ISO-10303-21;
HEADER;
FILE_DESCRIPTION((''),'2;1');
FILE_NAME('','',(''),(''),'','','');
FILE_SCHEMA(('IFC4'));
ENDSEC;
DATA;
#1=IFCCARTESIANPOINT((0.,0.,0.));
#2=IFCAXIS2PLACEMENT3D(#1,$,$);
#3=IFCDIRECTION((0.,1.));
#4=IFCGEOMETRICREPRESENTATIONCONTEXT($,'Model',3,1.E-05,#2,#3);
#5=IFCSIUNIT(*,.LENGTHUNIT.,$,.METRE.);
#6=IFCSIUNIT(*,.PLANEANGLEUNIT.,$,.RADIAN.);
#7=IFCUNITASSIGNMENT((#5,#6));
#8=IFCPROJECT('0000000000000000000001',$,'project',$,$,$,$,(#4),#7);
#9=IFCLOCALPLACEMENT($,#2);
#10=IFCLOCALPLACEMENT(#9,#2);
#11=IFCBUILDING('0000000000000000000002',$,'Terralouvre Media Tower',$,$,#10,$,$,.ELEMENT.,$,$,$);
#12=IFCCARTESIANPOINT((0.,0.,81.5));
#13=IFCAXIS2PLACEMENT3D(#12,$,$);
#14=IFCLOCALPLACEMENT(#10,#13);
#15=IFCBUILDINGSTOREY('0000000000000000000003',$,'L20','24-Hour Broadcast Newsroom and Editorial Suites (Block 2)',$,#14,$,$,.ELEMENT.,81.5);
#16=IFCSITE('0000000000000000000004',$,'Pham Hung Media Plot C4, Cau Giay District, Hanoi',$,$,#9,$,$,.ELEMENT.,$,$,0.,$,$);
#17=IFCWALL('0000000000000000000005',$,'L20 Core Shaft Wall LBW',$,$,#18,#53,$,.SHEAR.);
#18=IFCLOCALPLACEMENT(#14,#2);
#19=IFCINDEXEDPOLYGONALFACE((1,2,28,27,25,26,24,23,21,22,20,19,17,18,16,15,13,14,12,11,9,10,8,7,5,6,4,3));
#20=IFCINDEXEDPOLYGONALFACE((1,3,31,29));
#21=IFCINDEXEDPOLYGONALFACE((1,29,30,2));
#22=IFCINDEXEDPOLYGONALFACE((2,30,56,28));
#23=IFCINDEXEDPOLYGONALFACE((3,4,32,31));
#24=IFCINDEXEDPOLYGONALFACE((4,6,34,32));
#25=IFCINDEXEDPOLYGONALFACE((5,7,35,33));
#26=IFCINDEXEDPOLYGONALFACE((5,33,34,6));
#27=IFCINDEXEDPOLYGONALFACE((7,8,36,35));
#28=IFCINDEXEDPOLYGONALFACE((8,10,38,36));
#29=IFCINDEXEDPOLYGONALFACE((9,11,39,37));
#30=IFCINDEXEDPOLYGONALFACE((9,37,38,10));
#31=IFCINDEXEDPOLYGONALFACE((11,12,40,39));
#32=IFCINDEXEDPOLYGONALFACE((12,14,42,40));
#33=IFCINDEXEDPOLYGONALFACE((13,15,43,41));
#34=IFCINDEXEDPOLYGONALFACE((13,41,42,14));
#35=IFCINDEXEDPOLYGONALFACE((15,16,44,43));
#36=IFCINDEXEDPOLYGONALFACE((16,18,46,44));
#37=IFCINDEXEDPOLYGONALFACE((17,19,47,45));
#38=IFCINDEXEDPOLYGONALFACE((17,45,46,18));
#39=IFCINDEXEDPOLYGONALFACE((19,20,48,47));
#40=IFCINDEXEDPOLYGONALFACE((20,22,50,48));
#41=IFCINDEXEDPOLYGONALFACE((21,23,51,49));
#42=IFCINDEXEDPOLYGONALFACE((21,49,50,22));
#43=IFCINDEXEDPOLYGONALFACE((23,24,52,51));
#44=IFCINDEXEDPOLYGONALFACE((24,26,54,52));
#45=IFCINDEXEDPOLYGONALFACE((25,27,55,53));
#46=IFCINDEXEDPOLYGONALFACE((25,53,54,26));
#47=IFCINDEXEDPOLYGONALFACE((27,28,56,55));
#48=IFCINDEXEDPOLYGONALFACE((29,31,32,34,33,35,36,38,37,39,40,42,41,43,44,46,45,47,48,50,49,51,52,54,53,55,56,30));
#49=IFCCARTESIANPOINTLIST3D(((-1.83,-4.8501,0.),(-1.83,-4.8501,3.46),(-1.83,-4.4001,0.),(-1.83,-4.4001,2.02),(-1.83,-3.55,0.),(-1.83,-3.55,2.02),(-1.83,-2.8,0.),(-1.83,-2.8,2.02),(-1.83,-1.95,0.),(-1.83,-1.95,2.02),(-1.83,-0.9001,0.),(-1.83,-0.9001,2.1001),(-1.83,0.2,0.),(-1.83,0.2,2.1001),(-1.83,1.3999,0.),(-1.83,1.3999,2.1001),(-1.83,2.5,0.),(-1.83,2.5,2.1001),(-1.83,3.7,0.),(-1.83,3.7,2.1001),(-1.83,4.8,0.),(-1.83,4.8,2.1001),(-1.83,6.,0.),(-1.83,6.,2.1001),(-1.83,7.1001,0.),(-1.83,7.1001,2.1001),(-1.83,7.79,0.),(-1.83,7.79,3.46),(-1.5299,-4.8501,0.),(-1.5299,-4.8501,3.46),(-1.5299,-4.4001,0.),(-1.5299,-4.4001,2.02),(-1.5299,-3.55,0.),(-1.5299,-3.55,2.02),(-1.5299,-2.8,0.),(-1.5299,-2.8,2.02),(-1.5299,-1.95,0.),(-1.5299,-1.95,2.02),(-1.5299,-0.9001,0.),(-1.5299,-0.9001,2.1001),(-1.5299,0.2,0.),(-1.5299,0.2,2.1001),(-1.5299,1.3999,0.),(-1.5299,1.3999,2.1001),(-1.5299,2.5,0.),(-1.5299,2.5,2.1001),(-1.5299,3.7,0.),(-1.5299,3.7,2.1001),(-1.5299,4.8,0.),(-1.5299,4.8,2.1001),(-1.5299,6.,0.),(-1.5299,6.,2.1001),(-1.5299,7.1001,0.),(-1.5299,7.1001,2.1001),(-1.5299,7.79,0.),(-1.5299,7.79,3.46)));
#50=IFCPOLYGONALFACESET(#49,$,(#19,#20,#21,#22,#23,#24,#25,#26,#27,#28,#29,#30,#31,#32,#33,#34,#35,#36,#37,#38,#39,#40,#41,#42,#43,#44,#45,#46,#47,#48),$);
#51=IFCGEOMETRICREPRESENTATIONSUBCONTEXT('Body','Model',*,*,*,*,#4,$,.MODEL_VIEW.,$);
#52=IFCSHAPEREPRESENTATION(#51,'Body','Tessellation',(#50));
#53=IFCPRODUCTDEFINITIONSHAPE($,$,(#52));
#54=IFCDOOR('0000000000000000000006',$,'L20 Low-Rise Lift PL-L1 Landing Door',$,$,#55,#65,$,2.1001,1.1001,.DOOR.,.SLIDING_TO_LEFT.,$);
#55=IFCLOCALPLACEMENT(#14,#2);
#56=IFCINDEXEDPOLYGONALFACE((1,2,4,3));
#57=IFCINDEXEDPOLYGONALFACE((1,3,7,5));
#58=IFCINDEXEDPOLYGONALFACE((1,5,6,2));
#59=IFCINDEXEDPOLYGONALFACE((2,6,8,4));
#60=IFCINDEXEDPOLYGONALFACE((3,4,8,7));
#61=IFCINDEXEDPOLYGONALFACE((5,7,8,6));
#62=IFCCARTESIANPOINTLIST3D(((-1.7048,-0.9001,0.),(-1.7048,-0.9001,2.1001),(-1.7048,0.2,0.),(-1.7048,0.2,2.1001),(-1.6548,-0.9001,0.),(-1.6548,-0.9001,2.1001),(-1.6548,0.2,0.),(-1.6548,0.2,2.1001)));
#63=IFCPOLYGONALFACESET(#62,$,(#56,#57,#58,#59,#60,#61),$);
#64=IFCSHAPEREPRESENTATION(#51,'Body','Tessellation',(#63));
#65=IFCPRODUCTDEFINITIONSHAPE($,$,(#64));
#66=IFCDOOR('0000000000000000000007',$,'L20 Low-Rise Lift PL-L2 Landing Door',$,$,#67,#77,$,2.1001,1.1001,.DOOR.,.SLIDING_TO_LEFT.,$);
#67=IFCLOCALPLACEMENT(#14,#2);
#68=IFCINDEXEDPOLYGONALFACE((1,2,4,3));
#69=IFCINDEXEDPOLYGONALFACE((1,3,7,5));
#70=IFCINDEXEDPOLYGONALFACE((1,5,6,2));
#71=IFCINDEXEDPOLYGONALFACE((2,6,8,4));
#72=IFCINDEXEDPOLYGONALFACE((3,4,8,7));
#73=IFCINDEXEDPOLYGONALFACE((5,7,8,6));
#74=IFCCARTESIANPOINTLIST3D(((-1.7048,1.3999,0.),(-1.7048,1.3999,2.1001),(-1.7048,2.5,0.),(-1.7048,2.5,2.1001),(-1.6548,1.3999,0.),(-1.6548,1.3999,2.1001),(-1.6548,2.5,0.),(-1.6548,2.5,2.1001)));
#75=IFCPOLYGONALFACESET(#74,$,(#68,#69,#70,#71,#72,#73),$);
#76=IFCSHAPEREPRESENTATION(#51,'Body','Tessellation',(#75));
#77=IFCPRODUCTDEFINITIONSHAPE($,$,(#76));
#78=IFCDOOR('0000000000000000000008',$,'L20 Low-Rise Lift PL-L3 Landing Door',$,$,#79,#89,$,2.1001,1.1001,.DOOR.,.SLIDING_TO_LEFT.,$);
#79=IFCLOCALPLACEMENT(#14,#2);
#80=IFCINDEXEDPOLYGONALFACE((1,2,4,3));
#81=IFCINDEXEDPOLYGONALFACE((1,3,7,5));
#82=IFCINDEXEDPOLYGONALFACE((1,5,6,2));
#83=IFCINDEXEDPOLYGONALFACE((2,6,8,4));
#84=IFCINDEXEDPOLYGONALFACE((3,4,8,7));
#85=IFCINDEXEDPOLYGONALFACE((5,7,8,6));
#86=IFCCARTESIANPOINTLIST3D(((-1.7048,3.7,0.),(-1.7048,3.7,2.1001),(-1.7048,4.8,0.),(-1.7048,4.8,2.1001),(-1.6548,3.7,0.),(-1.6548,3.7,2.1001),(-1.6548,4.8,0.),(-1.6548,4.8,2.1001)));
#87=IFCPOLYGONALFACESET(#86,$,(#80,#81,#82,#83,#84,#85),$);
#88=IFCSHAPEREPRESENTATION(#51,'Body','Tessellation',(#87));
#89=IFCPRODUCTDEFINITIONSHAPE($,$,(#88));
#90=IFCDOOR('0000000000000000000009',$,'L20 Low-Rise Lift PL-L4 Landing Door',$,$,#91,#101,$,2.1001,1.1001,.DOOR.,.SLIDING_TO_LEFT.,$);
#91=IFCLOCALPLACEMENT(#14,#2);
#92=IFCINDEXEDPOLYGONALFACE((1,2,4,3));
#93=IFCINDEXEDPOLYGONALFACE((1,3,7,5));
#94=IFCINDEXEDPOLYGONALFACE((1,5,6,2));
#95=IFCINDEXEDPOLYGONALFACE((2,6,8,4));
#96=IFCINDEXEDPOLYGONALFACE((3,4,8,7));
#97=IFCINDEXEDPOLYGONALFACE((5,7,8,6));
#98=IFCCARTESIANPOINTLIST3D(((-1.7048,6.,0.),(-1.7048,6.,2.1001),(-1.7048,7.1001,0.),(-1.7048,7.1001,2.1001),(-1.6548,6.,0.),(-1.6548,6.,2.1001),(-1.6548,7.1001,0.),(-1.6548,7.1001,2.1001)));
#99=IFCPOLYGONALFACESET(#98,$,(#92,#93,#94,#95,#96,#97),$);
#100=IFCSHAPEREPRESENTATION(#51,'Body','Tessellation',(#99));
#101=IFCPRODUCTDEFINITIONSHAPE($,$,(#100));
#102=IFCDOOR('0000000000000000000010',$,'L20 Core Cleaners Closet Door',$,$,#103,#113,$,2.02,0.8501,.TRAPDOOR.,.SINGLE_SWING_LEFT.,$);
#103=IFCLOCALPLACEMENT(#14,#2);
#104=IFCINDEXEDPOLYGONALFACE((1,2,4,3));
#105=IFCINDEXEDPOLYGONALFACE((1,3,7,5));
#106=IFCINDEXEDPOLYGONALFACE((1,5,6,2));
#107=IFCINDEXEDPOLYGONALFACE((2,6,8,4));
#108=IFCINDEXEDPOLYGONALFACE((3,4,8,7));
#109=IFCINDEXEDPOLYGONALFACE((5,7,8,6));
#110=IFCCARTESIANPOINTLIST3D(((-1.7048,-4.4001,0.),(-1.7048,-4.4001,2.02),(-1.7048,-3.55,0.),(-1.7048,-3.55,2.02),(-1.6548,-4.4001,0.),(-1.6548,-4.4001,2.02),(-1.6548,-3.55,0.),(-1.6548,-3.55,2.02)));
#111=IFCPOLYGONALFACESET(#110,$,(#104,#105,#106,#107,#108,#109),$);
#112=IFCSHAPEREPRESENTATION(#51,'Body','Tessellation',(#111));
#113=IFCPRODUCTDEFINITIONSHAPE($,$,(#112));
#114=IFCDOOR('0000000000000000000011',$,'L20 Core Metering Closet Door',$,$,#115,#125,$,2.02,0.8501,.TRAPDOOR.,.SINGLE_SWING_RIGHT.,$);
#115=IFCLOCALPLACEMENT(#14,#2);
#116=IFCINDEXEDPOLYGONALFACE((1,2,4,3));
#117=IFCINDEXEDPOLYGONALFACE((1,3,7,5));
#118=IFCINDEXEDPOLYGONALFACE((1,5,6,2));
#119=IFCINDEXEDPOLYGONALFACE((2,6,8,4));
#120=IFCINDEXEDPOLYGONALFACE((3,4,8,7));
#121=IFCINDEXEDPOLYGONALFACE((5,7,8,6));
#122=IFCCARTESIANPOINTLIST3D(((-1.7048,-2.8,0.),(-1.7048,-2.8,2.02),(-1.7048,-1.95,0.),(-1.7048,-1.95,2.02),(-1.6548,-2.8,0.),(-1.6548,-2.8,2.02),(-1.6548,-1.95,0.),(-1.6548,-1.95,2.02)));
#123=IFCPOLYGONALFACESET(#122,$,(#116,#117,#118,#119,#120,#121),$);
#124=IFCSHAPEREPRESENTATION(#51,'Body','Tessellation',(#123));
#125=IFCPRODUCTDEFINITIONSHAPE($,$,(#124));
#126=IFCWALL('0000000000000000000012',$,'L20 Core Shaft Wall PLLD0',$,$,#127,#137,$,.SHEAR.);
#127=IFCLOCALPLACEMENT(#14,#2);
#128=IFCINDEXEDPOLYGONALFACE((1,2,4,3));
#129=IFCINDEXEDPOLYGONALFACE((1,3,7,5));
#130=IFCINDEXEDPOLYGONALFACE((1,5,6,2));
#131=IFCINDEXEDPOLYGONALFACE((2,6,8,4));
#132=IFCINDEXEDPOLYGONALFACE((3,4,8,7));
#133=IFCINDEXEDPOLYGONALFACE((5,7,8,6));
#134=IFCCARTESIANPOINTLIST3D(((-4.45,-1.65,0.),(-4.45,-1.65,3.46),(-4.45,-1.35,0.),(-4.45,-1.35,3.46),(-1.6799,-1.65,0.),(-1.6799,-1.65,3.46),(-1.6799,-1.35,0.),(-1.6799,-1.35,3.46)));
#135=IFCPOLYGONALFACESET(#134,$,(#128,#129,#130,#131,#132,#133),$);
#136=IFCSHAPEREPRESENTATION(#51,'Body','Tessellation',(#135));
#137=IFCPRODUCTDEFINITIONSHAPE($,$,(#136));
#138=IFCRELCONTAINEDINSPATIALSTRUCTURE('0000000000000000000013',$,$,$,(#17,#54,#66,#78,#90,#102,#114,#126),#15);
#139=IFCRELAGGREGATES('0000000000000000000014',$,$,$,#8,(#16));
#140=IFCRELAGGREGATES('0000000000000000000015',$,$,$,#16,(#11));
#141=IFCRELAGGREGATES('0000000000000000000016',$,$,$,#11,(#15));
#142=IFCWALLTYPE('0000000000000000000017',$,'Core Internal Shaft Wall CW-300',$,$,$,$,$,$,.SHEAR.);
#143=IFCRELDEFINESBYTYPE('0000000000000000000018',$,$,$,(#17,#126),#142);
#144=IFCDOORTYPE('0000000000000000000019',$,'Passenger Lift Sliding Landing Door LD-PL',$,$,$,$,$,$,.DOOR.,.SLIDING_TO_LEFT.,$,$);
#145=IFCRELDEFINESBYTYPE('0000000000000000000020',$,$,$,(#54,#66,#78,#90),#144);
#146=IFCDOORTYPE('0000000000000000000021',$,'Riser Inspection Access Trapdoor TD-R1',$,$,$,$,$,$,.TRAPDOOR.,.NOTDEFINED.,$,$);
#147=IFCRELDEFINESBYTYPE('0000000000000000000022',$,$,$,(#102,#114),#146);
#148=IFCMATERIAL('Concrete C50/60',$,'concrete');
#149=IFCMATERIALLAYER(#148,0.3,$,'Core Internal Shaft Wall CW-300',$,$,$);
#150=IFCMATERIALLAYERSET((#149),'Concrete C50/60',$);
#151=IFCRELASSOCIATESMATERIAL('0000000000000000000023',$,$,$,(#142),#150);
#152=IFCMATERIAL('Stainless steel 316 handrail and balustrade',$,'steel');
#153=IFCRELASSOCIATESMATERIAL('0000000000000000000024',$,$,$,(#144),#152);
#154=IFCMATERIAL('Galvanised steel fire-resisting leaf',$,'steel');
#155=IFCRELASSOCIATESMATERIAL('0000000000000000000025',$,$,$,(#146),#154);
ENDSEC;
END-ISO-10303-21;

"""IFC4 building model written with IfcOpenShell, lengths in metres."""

from ifc_helpers import new_model, si_unit, direction, frame, frame_2d, origin, place, context, subcontext, project, spatial, rectangle, extrude, material, layer, layer_set, type_object, element, fill, save


model = new_model("IFC4")

# Units and contexts
model_context = context("Model", 3, precision=1e-05, world=origin(), true_north=direction((0.0, 1.0)))
body_context = subcontext(model_context, "Body", "Model", "MODEL_VIEW")
ifc_project = project(units=[si_unit("LENGTHUNIT", "METRE"), si_unit("PLANEANGLEUNIT", "RADIAN")], contexts=[model_context])

# Site, building, storey
site_placement = place(None, origin())
site = spatial("IfcSite", under=ifc_project, at=site_placement, Name="Pham Hung Media Plot C4, Cau Giay District, Hanoi", CompositionType="ELEMENT", RefElevation=0.0)
building_placement = place(site_placement, origin())
building = spatial("IfcBuilding", under=site, at=building_placement, Name="Terralouvre Media Tower", CompositionType="ELEMENT")
storey_placement = place(building_placement, frame((0.0, 0.0, 81.5)))
storey = spatial("IfcBuildingStorey", under=building, at=storey_placement, Name="L20", Description="24-Hour Broadcast Newsroom and Editorial Suites (Block 2)", CompositionType="ELEMENT", Elevation=81.5)

# Shared definitions
ifc_material_1 = material(Name="Concrete C50/60", Category="concrete")
ifc_layer_1 = layer(ifc_material_1, 0.3, Name="Core Internal Shaft Wall CW-300")
ifc_layer_set_1 = layer_set([ifc_layer_1], Name="Concrete C50/60")
wall_type_1 = type_object("IfcWallType", Name="Core Internal Shaft Wall CW-300", PredefinedType="SHEAR", material=ifc_layer_set_1)

# Wall, openings, doors
wall_1_placement = place(storey_placement, frame((-1.6799, -4.8501, 0.0), z_axis=(0.0, 0.0, 1.0), x_axis=(0.0, 1.0, 0.0)))
wall_1 = element("IfcWall", 1, at=wall_1_placement, inside=storey, type_object=wall_type_1, Name="L20 Core Shaft Wall LBW", PredefinedType="SHEAR", context=body_context, shape_type="SweptSolid", body=[
    extrude(rectangle(XDim=12.6401, YDim=0.3, at=frame_2d((6.3201, 0.0))), origin(), (0.0, 0.0, 1.0), 3.46),
])
opening_1_placement = place(wall_1_placement, frame((3.95, 0.0, 0.0)))
opening_1 = element("IfcOpeningElement", 2, at=opening_1_placement, cuts=wall_1, PredefinedType="OPENING", context=body_context, shape_type="SweptSolid", body=[
    extrude(rectangle(XDim=1.1001, YDim=2.1001, at=frame_2d((0.55, 1.05))), frame((0.0, 0.1599, 0.0), z_axis=(0.0, -1.0, 0.0), x_axis=(1.0, 0.0, 0.0)), (0.0, 0.0, 1.0), 0.3201),
])
opening_2_placement = place(wall_1_placement, frame((6.25, 0.0, 0.0)))
opening_2 = element("IfcOpeningElement", 3, at=opening_2_placement, cuts=wall_1, PredefinedType="OPENING", context=body_context, shape_type="SweptSolid", body=[
    extrude(rectangle(XDim=1.1001, YDim=2.1001, at=frame_2d((0.55, 1.05))), frame((0.0, 0.1599, 0.0), z_axis=(0.0, -1.0, 0.0), x_axis=(1.0, 0.0, 0.0)), (0.0, 0.0, 1.0), 0.3201),
])
opening_3_placement = place(wall_1_placement, frame((8.55, 0.0, 0.0)))
opening_3 = element("IfcOpeningElement", 4, at=opening_3_placement, cuts=wall_1, PredefinedType="OPENING", context=body_context, shape_type="SweptSolid", body=[
    extrude(rectangle(XDim=1.1001, YDim=2.1001, at=frame_2d((0.55, 1.05))), frame((0.0, 0.1599, 0.0), z_axis=(0.0, -1.0, 0.0), x_axis=(1.0, 0.0, 0.0)), (0.0, 0.0, 1.0), 0.3201),
])
opening_4_placement = place(wall_1_placement, frame((10.8501, 0.0, 0.0)))
opening_4 = element("IfcOpeningElement", 5, at=opening_4_placement, cuts=wall_1, PredefinedType="OPENING", context=body_context, shape_type="SweptSolid", body=[
    extrude(rectangle(XDim=1.1001, YDim=2.1001, at=frame_2d((0.55, 1.05))), frame((0.0, 0.1599, 0.0), z_axis=(0.0, -1.0, 0.0), x_axis=(1.0, 0.0, 0.0)), (0.0, 0.0, 1.0), 0.3201),
])
opening_5_placement = place(wall_1_placement, frame((0.45, 0.0, 0.0)))
opening_5 = element("IfcOpeningElement", 6, at=opening_5_placement, cuts=wall_1, PredefinedType="OPENING", context=body_context, shape_type="SweptSolid", body=[
    extrude(rectangle(XDim=0.8501, YDim=2.02, at=frame_2d((0.425, 1.01))), frame((0.0, 0.1599, 0.0), z_axis=(0.0, -1.0, 0.0), x_axis=(1.0, 0.0, 0.0)), (0.0, 0.0, 1.0), 0.3201),
])
opening_6_placement = place(wall_1_placement, frame((2.05, 0.0, 0.0)))
opening_6 = element("IfcOpeningElement", 7, at=opening_6_placement, cuts=wall_1, PredefinedType="OPENING", context=body_context, shape_type="SweptSolid", body=[
    extrude(rectangle(XDim=0.8501, YDim=2.02, at=frame_2d((0.425, 1.01))), frame((0.0, 0.1599, 0.0), z_axis=(0.0, -1.0, 0.0), x_axis=(1.0, 0.0, 0.0)), (0.0, 0.0, 1.0), 0.3201),
])
ifc_material_2 = material(Name="Stainless steel 316 handrail and balustrade", Category="steel")
door_type_1 = type_object("IfcDoorType", Name="Passenger Lift Sliding Landing Door LD-PL", OperationType="SLIDING_TO_LEFT", PredefinedType="DOOR", material=ifc_material_2)
door_1_placement = place(opening_1_placement, origin())
door_1 = element("IfcDoor", 8, at=door_1_placement, inside=storey, type_object=door_type_1, Name="L20 Low-Rise Lift PL-L1 Landing Door", OperationType="SLIDING_TO_LEFT", OverallHeight=2.1001, OverallWidth=1.1001, PredefinedType="DOOR", context=body_context, shape_type="SweptSolid", body=[
    extrude(rectangle(XDim=1.1001, YDim=2.1001, at=frame_2d((0.55, 1.05))), frame((0.0, 0.0249, 0.0), z_axis=(0.0, -1.0, 0.0), x_axis=(1.0, 0.0, 0.0)), (0.0, 0.0, 1.0), 0.05),
])
fill(opening_1, door_1)
door_2_placement = place(opening_2_placement, origin())
door_2 = element("IfcDoor", 9, at=door_2_placement, inside=storey, type_object=door_type_1, Name="L20 Low-Rise Lift PL-L2 Landing Door", OperationType="SLIDING_TO_LEFT", OverallHeight=2.1001, OverallWidth=1.1001, PredefinedType="DOOR", context=body_context, shape_type="SweptSolid", body=[
    extrude(rectangle(XDim=1.1001, YDim=2.1001, at=frame_2d((0.55, 1.05))), frame((0.0, 0.0249, 0.0), z_axis=(0.0, -1.0, 0.0), x_axis=(1.0, 0.0, 0.0)), (0.0, 0.0, 1.0), 0.05),
])
fill(opening_2, door_2)
door_3_placement = place(opening_3_placement, origin())
door_3 = element("IfcDoor", 10, at=door_3_placement, inside=storey, type_object=door_type_1, Name="L20 Low-Rise Lift PL-L3 Landing Door", OperationType="SLIDING_TO_LEFT", OverallHeight=2.1001, OverallWidth=1.1001, PredefinedType="DOOR", context=body_context, shape_type="SweptSolid", body=[
    extrude(rectangle(XDim=1.1001, YDim=2.1001, at=frame_2d((0.55, 1.05))), frame((0.0, 0.0249, 0.0), z_axis=(0.0, -1.0, 0.0), x_axis=(1.0, 0.0, 0.0)), (0.0, 0.0, 1.0), 0.05),
])
fill(opening_3, door_3)
door_4_placement = place(opening_4_placement, origin())
door_4 = element("IfcDoor", 11, at=door_4_placement, inside=storey, type_object=door_type_1, Name="L20 Low-Rise Lift PL-L4 Landing Door", OperationType="SLIDING_TO_LEFT", OverallHeight=2.1001, OverallWidth=1.1001, PredefinedType="DOOR", context=body_context, shape_type="SweptSolid", body=[
    extrude(rectangle(XDim=1.1001, YDim=2.1001, at=frame_2d((0.55, 1.05))), frame((0.0, 0.0249, 0.0), z_axis=(0.0, -1.0, 0.0), x_axis=(1.0, 0.0, 0.0)), (0.0, 0.0, 1.0), 0.05),
])
fill(opening_4, door_4)
ifc_material_3 = material(Name="Galvanised steel fire-resisting leaf", Category="steel")
door_type_2 = type_object("IfcDoorType", Name="Riser Inspection Access Trapdoor TD-R1", OperationType="NOTDEFINED", PredefinedType="TRAPDOOR", material=ifc_material_3)
door_5_placement = place(opening_5_placement, origin())
door_5 = element("IfcDoor", 12, at=door_5_placement, inside=storey, type_object=door_type_2, Name="L20 Core Cleaners Closet Door", OperationType="SINGLE_SWING_LEFT", OverallHeight=2.02, OverallWidth=0.8501, PredefinedType="TRAPDOOR", context=body_context, shape_type="SweptSolid", body=[
    extrude(rectangle(XDim=0.8501, YDim=2.02, at=frame_2d((0.425, 1.01))), frame((0.0, 0.0249, 0.0), z_axis=(0.0, -1.0, 0.0), x_axis=(1.0, 0.0, 0.0)), (0.0, 0.0, 1.0), 0.05),
])
fill(opening_5, door_5)
door_6_placement = place(opening_6_placement, origin())
door_6 = element("IfcDoor", 13, at=door_6_placement, inside=storey, type_object=door_type_2, Name="L20 Core Metering Closet Door", OperationType="SINGLE_SWING_RIGHT", OverallHeight=2.02, OverallWidth=0.8501, PredefinedType="TRAPDOOR", context=body_context, shape_type="SweptSolid", body=[
    extrude(rectangle(XDim=0.8501, YDim=2.02, at=frame_2d((0.425, 1.01))), frame((0.0, 0.0249, 0.0), z_axis=(0.0, -1.0, 0.0), x_axis=(1.0, 0.0, 0.0)), (0.0, 0.0, 1.0), 0.05),
])
fill(opening_6, door_6)

# Wall
wall_2_placement = place(storey_placement, frame((-4.45, -1.5, 0.0), z_axis=(0.0, 0.0, 1.0), x_axis=(1.0, 0.0, 0.0)))
element("IfcWall", 14, at=wall_2_placement, inside=storey, type_object=wall_type_1, Name="L20 Core Shaft Wall PLLD0", PredefinedType="SHEAR", context=body_context, shape_type="SweptSolid", body=[
    extrude(rectangle(XDim=2.77, YDim=0.3, at=frame_2d((1.385, 0.0))), origin(), (0.0, 0.0, 1.0), 3.46),
])

save(model, "model.ifc")
